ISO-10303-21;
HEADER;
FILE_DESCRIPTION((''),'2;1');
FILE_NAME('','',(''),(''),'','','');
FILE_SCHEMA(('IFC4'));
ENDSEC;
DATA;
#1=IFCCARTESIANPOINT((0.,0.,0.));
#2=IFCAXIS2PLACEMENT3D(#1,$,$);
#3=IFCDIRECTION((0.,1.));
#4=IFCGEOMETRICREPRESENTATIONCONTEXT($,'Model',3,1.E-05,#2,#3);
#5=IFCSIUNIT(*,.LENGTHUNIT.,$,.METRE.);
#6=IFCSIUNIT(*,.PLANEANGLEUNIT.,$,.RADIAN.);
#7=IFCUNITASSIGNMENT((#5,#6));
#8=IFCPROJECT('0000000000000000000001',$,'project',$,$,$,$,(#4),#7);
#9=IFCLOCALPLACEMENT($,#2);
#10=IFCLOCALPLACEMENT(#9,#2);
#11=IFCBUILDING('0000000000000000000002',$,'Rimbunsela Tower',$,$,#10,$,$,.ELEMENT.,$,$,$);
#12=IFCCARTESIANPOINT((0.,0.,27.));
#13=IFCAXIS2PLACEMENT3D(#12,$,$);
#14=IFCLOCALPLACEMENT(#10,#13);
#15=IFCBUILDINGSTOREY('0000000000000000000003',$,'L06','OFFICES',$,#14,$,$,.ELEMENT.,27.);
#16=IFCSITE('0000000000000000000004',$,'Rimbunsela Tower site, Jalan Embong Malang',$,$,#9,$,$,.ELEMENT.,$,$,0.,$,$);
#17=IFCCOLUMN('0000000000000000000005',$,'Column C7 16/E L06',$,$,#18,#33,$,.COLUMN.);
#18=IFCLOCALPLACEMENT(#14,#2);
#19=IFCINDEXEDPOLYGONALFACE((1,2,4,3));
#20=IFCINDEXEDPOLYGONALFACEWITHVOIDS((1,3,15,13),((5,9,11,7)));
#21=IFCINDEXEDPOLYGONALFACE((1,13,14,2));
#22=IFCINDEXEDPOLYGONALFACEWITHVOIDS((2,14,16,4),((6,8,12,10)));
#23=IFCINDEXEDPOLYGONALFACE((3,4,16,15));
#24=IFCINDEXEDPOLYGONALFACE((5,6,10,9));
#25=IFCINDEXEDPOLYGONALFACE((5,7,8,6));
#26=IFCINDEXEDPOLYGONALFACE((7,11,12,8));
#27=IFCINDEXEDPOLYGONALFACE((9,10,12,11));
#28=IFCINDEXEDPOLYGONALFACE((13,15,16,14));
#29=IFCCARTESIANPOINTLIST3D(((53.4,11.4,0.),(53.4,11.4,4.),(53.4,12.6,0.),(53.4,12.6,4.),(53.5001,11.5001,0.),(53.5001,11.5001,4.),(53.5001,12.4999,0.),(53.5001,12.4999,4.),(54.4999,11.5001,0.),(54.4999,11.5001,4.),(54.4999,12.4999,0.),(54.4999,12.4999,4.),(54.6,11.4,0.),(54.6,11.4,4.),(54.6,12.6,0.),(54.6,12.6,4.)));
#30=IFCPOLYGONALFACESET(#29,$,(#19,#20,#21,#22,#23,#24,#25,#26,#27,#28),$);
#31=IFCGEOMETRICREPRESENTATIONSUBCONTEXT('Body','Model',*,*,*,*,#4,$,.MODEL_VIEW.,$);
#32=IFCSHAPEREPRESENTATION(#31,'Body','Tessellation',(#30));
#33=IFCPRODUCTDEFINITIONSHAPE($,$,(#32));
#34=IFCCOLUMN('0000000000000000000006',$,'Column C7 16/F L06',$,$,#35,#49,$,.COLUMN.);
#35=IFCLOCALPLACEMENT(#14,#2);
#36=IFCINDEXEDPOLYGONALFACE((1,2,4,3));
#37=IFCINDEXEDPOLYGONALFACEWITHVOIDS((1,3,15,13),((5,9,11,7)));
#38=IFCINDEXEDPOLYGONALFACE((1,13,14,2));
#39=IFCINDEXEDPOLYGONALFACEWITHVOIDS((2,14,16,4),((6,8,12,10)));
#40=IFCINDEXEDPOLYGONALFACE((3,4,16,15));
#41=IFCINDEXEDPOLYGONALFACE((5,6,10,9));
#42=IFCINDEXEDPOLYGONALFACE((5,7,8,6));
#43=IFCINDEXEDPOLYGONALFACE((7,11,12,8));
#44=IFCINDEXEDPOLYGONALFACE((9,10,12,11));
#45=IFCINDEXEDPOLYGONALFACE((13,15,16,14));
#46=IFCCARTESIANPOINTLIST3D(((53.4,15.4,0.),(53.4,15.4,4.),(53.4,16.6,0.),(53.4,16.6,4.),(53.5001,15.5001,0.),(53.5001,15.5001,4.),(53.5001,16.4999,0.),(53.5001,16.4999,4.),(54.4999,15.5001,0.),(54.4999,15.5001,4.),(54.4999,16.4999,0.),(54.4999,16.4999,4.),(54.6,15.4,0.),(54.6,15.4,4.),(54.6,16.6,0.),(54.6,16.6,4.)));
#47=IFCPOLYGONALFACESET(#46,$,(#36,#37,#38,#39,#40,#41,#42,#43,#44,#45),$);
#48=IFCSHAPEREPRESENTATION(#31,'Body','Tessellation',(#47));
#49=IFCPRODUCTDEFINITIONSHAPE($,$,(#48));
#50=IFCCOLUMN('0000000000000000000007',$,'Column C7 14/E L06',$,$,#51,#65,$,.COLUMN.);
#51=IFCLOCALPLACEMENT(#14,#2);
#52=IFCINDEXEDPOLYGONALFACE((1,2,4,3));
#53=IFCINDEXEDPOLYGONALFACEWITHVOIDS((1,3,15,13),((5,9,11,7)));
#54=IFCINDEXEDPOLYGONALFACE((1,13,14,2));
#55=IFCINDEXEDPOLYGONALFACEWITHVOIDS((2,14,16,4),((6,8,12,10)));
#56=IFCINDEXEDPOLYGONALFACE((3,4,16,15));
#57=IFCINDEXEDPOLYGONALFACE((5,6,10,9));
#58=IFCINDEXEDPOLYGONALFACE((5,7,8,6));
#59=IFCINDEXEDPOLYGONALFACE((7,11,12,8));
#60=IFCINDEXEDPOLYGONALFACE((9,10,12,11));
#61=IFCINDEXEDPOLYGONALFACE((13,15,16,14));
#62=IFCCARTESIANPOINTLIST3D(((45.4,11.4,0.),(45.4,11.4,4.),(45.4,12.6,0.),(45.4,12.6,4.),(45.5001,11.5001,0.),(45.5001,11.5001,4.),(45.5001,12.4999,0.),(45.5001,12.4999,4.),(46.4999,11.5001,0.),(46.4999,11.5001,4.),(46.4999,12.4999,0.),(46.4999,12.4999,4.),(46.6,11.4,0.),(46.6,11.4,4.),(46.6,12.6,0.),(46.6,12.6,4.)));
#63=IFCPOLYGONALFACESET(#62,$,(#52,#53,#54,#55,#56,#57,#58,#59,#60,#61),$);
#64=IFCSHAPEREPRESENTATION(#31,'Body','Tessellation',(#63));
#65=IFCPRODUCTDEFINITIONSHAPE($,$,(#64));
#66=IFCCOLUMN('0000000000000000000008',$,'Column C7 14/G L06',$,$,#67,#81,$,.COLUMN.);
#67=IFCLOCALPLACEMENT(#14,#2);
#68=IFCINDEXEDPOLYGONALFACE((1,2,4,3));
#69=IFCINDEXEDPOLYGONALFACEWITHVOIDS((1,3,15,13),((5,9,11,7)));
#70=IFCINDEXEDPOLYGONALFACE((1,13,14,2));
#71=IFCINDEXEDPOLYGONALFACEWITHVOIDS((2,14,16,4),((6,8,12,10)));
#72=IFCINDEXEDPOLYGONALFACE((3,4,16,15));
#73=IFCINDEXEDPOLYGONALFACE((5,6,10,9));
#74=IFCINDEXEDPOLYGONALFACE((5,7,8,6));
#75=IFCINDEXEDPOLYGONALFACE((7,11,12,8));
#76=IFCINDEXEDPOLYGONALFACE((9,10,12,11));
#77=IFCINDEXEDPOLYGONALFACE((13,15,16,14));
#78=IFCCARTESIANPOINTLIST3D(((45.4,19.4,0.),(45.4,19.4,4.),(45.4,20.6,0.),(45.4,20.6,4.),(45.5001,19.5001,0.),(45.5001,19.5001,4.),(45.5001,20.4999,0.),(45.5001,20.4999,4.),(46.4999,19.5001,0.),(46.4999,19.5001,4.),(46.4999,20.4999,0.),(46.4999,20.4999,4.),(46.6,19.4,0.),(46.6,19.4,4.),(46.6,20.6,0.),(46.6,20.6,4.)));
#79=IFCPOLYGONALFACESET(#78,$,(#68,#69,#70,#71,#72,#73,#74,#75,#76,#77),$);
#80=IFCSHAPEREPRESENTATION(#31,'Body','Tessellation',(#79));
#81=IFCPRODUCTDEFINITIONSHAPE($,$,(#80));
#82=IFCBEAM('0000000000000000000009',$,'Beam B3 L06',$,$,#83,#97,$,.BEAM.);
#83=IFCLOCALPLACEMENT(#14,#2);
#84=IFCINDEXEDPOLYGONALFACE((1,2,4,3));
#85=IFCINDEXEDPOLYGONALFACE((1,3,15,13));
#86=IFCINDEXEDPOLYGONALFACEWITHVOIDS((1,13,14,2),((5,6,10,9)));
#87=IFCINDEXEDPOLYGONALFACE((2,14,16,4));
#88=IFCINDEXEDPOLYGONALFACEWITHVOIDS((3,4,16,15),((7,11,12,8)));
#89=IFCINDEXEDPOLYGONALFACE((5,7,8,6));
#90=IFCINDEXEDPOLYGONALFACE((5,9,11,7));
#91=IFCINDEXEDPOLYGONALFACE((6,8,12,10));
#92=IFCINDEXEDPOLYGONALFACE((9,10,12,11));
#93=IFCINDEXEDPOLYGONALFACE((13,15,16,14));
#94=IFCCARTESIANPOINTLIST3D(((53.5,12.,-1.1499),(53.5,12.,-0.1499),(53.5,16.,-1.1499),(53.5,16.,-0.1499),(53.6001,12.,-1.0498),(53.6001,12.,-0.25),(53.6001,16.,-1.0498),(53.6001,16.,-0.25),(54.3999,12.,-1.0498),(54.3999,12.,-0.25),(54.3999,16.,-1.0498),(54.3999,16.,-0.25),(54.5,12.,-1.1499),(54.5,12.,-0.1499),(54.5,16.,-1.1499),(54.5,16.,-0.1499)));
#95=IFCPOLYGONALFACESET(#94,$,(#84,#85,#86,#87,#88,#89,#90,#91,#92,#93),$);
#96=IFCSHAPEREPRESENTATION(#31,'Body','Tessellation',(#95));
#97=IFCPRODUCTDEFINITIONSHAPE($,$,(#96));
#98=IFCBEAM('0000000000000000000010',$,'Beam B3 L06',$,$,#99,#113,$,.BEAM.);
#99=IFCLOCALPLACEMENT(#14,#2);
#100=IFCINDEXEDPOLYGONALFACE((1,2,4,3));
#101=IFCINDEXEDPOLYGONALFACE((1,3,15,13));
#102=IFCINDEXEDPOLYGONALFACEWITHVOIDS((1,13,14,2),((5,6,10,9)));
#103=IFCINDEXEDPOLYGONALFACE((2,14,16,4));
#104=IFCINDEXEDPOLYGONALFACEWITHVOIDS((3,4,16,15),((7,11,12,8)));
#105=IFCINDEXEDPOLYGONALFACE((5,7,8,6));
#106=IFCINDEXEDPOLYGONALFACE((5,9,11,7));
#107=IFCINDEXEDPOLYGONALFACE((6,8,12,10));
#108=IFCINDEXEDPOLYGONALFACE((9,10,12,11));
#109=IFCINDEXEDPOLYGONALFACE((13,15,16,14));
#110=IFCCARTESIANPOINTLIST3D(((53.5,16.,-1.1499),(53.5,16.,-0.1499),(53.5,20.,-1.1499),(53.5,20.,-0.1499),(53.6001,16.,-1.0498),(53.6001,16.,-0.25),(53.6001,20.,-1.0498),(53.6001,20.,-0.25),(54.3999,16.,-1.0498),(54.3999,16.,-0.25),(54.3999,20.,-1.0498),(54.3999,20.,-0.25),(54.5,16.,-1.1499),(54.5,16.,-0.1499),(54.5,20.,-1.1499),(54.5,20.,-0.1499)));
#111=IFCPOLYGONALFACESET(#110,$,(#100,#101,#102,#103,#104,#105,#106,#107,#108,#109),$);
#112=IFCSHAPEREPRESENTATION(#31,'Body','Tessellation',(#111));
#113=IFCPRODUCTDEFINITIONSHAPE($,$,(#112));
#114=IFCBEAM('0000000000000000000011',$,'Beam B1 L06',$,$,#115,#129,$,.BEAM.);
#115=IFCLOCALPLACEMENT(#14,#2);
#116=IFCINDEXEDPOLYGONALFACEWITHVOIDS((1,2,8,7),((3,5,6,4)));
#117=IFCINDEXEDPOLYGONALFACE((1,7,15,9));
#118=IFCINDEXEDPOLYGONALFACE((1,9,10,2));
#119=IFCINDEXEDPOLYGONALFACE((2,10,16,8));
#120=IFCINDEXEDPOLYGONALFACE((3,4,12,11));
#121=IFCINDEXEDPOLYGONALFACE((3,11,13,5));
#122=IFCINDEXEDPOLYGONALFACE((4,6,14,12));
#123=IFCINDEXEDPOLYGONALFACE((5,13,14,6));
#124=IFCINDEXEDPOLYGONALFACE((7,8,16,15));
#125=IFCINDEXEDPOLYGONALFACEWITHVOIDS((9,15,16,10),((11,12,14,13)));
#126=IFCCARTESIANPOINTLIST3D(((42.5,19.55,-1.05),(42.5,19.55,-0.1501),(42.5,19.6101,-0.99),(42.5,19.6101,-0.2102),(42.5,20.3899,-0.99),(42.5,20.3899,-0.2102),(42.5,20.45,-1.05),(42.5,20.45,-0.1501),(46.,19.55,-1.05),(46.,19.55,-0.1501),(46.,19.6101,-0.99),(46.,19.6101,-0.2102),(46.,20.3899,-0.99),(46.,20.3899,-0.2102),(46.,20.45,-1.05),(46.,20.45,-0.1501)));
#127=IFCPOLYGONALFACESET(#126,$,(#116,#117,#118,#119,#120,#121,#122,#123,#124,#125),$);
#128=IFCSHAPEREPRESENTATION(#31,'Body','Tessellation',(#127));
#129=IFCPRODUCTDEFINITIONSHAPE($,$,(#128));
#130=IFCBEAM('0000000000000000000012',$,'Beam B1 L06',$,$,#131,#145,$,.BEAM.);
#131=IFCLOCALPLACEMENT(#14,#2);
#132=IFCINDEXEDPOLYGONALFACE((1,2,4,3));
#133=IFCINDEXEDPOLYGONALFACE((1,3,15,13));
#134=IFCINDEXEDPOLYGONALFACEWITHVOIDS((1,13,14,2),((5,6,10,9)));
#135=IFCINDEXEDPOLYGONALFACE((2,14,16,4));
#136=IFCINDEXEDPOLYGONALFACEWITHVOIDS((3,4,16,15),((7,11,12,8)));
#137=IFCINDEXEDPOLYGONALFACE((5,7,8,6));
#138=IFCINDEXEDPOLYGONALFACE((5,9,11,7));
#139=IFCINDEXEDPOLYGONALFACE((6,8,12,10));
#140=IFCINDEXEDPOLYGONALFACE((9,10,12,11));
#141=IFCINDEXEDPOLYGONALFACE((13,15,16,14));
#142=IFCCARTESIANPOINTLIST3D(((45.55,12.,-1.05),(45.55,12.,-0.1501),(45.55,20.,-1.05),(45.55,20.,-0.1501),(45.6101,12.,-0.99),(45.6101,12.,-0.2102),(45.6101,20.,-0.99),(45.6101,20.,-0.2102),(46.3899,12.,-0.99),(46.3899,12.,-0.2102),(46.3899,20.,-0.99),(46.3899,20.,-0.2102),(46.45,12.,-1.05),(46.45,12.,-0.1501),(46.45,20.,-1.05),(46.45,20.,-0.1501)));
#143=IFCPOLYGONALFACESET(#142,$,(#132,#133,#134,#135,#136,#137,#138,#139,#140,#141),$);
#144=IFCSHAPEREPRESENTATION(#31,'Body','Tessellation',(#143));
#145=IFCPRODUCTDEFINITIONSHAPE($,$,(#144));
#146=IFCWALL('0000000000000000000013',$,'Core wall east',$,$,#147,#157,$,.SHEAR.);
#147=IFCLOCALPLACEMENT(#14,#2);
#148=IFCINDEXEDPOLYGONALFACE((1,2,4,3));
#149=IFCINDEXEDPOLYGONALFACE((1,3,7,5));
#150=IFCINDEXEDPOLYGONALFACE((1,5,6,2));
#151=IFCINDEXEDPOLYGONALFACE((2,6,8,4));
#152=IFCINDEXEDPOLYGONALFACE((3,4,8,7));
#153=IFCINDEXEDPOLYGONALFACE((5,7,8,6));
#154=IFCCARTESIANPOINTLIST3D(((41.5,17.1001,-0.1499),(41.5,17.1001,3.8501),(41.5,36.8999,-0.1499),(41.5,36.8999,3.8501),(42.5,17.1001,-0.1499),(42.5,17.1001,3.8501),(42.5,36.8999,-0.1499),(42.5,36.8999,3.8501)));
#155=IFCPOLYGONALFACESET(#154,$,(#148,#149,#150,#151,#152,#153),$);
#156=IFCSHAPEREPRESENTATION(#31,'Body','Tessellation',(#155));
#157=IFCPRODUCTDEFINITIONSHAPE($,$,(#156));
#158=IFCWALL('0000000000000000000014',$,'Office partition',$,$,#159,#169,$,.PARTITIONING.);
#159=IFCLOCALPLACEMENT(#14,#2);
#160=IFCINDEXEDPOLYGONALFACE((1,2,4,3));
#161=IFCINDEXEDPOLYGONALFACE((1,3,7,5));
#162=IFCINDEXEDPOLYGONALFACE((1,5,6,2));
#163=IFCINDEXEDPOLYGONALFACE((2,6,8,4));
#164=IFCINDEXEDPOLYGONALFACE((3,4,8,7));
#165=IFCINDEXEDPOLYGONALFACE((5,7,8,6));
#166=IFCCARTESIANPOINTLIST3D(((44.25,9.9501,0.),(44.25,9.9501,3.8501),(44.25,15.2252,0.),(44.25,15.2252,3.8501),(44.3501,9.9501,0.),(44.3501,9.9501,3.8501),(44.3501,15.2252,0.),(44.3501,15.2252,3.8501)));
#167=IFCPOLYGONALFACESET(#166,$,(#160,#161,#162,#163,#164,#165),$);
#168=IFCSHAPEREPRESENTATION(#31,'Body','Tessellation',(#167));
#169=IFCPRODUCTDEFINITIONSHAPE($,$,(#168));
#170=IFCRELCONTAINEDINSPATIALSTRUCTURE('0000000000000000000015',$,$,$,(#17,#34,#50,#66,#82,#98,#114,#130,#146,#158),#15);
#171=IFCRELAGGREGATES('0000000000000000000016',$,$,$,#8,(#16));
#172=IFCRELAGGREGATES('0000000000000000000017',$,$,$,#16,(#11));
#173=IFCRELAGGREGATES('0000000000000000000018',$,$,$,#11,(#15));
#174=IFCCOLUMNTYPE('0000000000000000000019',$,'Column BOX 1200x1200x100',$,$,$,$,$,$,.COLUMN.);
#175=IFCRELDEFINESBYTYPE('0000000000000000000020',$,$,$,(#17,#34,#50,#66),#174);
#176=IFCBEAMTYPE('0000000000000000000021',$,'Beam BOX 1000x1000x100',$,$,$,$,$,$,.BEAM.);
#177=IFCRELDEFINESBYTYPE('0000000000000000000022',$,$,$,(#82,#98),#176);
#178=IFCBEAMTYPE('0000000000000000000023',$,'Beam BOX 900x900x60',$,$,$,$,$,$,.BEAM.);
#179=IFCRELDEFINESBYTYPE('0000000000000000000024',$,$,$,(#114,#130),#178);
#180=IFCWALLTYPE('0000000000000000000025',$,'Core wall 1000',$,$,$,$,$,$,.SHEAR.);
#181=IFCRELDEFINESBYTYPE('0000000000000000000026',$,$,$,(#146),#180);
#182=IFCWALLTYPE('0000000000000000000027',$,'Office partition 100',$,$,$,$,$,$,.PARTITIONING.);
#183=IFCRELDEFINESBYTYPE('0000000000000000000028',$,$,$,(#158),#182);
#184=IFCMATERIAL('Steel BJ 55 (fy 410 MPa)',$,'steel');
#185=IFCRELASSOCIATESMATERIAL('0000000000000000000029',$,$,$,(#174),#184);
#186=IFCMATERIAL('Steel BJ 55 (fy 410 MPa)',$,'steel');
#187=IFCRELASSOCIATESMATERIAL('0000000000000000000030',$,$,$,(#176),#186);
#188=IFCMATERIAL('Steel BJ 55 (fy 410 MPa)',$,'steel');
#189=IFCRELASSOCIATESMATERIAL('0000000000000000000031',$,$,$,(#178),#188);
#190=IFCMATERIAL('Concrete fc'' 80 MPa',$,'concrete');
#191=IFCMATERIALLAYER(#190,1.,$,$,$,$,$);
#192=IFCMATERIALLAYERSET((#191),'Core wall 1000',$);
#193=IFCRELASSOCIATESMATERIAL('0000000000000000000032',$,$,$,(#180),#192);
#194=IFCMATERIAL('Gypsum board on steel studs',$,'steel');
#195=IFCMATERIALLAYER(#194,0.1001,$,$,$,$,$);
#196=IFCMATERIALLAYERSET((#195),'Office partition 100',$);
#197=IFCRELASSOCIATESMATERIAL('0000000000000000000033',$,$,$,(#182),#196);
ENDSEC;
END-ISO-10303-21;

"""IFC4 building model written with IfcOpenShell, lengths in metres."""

from ifc_helpers import new_model, si_unit, direction, frame, frame_2d, origin, origin_2d, place, context, subcontext, project, spatial, rectangle, hollow_rectangle, extrude, material, layer, layer_set, material_profile, profile_set, type_object, element, save


model = new_model("IFC4")

# Units and contexts
model_context = context("Model", 3, precision=1e-05, world=origin(), true_north=direction((0.0, 1.0)))
body_context = subcontext(model_context, "Body", "Model", "MODEL_VIEW")
ifc_project = project(units=[si_unit("LENGTHUNIT", "METRE"), si_unit("PLANEANGLEUNIT", "RADIAN")], contexts=[model_context])

# Site, building, storey
site_placement = place(None, origin())
site = spatial("IfcSite", under=ifc_project, at=site_placement, Name="Rimbunsela Tower site, Jalan Embong Malang", CompositionType="ELEMENT", RefElevation=0.0)
building_placement = place(site_placement, origin())
building = spatial("IfcBuilding", under=site, at=building_placement, Name="Rimbunsela Tower", CompositionType="ELEMENT")
storey_placement = place(building_placement, frame((0.0, 0.0, 27.0)))
storey = spatial("IfcBuildingStorey", under=building, at=storey_placement, Name="L06", Description="OFFICES", CompositionType="ELEMENT", Elevation=27.0)

# Columns
ifc_material_1 = material(Name="Steel BJ 55 (fy 410 MPa)", Category="steel")
ifc_material_profile_1 = material_profile(ifc_material_1, hollow_rectangle(XDim=1.2, YDim=1.2, WallThickness=0.1001, at=origin_2d()), Name="BOX 1200x1200x100")
ifc_profile_set_1 = profile_set([ifc_material_profile_1], Name="Steel BJ 55 (fy 410 MPa)")
column_type = type_object("IfcColumnType", Name="Column BOX 1200x1200x100", PredefinedType="COLUMN", material=ifc_profile_set_1)
for number, where, z_axis, x_axis, name in (
    (1, (54.0, 12.0, 0.0), (0.0, 0.0, 1.0), (1.0, 0.0, 0.0), "Column C7 16/E L06"),
    (2, (54.0, 16.0, 0.0), (0.0, 0.0, 1.0), (1.0, 0.0, 0.0), "Column C7 16/F L06"),
    (3, (46.0, 12.0, 0.0), (0.0, 0.0, 1.0), (1.0, 0.0, 0.0), "Column C7 14/E L06"),
    (4, (46.0, 20.0, 0.0), (0.0, 0.0, 1.0), (1.0, 0.0, 0.0), "Column C7 14/G L06"),
):
    element("IfcColumn", number, at=place(storey_placement, frame(where, z_axis=z_axis, x_axis=x_axis)), inside=storey, type_object=column_type, Name=name, PredefinedType="COLUMN", context=body_context, shape_type="SweptSolid", body=[
        extrude(hollow_rectangle(XDim=1.2, YDim=1.2, WallThickness=0.1001, at=origin_2d()), origin(), (0.0, 0.0, 1.0), 4.0),
    ])

# Beams
ifc_material_2 = material(Name="Steel BJ 55 (fy 410 MPa)", Category="steel")
ifc_material_profile_2 = material_profile(ifc_material_2, hollow_rectangle(XDim=1.0, YDim=1.0, WallThickness=0.1001, at=origin_2d()), Name="BOX 1000x1000x100")
ifc_profile_set_2 = profile_set([ifc_material_profile_2], Name="Steel BJ 55 (fy 410 MPa)")
beam_type_1 = type_object("IfcBeamType", Name="Beam BOX 1000x1000x100", PredefinedType="BEAM", material=ifc_profile_set_2)
for number, where, z_axis, x_axis, name in (
    (5, (54.0, 12.0, -0.6499), (0.0, 1.0, 0.0), (-1.0, 0.0, 0.0), "Beam B3 L06"),
    (6, (54.0, 16.0, -0.6499), (0.0, 1.0, 0.0), (-1.0, 0.0, 0.0), "Beam B3 L06"),
):
    element("IfcBeam", number, at=place(storey_placement, frame(where, z_axis=z_axis, x_axis=x_axis)), inside=storey, type_object=beam_type_1, Name=name, PredefinedType="BEAM", context=body_context, shape_type="SweptSolid", body=[
        extrude(hollow_rectangle(XDim=1.0, YDim=1.0, WallThickness=0.1001, at=origin_2d()), origin(), (0.0, 0.0, 1.0), 4.0),
    ])
ifc_material_3 = material(Name="Steel BJ 55 (fy 410 MPa)", Category="steel")
ifc_material_profile_3 = material_profile(ifc_material_3, hollow_rectangle(XDim=0.8999, YDim=0.8999, WallThickness=0.0601, at=origin_2d()), Name="BOX 900x900x60")
ifc_profile_set_3 = profile_set([ifc_material_profile_3], Name="Steel BJ 55 (fy 410 MPa)")
beam_type_2 = type_object("IfcBeamType", Name="Beam BOX 900x900x60", PredefinedType="BEAM", material=ifc_profile_set_3)
beam_1_placement = place(storey_placement, frame((42.5, 20.0, -0.6001), z_axis=(1.0, 0.0, 0.0), x_axis=(0.0, 1.0, 0.0)))
element("IfcBeam", 7, at=beam_1_placement, inside=storey, type_object=beam_type_2, Name="Beam B1 L06", PredefinedType="BEAM", context=body_context, shape_type="SweptSolid", body=[
    extrude(hollow_rectangle(XDim=0.8999, YDim=0.8999, WallThickness=0.0601, at=origin_2d()), origin(), (0.0, 0.0, 1.0), 3.5),
])
beam_2_placement = place(storey_placement, frame((46.0, 12.0, -0.6001), z_axis=(0.0, 1.0, 0.0), x_axis=(-1.0, 0.0, 0.0)))
element("IfcBeam", 8, at=beam_2_placement, inside=storey, type_object=beam_type_2, Name="Beam B1 L06", PredefinedType="BEAM", context=body_context, shape_type="SweptSolid", body=[
    extrude(hollow_rectangle(XDim=0.8999, YDim=0.8999, WallThickness=0.0601, at=origin_2d()), origin(), (0.0, 0.0, 1.0), 8.0),
])

# Walls
ifc_material_4 = material(Name="Concrete fc' 80 MPa", Category="concrete")
ifc_layer_1 = layer(ifc_material_4, 1.0)
ifc_layer_set_1 = layer_set([ifc_layer_1], Name="Core wall 1000")
wall_type_1 = type_object("IfcWallType", Name="Core wall 1000", PredefinedType="SHEAR", material=ifc_layer_set_1)
wall_1_placement = place(storey_placement, frame((42.0, 17.1001, -0.1499), z_axis=(0.0, 0.0, 1.0), x_axis=(0.0, 1.0, 0.0)))
element("IfcWall", 9, at=wall_1_placement, inside=storey, type_object=wall_type_1, Name="Core wall east", PredefinedType="SHEAR", context=body_context, shape_type="SweptSolid", body=[
    extrude(rectangle(XDim=19.7998, YDim=1.0, at=frame_2d((9.8999, 0.0))), origin(), (0.0, 0.0, 1.0), 4.0),
])
ifc_material_5 = material(Name="Gypsum board on steel studs", Category="steel")
ifc_layer_2 = layer(ifc_material_5, 0.1001)
ifc_layer_set_2 = layer_set([ifc_layer_2], Name="Office partition 100")
wall_type_2 = type_object("IfcWallType", Name="Office partition 100", PredefinedType="PARTITIONING", material=ifc_layer_set_2)
wall_2_placement = place(storey_placement, frame((44.3, 9.95, 0.0), z_axis=(0.0, 0.0, 1.0), x_axis=(0.0, 1.0, 0.0)))
element("IfcWall", 10, at=wall_2_placement, inside=storey, type_object=wall_type_2, Name="Office partition", PredefinedType="PARTITIONING", context=body_context, shape_type="SweptSolid", body=[
    extrude(rectangle(XDim=5.2751, YDim=0.1001, at=frame_2d((2.6377, 0.0))), origin(), (0.0, 0.0, 1.0), 3.8501),
])

save(model, "model.ifc")
